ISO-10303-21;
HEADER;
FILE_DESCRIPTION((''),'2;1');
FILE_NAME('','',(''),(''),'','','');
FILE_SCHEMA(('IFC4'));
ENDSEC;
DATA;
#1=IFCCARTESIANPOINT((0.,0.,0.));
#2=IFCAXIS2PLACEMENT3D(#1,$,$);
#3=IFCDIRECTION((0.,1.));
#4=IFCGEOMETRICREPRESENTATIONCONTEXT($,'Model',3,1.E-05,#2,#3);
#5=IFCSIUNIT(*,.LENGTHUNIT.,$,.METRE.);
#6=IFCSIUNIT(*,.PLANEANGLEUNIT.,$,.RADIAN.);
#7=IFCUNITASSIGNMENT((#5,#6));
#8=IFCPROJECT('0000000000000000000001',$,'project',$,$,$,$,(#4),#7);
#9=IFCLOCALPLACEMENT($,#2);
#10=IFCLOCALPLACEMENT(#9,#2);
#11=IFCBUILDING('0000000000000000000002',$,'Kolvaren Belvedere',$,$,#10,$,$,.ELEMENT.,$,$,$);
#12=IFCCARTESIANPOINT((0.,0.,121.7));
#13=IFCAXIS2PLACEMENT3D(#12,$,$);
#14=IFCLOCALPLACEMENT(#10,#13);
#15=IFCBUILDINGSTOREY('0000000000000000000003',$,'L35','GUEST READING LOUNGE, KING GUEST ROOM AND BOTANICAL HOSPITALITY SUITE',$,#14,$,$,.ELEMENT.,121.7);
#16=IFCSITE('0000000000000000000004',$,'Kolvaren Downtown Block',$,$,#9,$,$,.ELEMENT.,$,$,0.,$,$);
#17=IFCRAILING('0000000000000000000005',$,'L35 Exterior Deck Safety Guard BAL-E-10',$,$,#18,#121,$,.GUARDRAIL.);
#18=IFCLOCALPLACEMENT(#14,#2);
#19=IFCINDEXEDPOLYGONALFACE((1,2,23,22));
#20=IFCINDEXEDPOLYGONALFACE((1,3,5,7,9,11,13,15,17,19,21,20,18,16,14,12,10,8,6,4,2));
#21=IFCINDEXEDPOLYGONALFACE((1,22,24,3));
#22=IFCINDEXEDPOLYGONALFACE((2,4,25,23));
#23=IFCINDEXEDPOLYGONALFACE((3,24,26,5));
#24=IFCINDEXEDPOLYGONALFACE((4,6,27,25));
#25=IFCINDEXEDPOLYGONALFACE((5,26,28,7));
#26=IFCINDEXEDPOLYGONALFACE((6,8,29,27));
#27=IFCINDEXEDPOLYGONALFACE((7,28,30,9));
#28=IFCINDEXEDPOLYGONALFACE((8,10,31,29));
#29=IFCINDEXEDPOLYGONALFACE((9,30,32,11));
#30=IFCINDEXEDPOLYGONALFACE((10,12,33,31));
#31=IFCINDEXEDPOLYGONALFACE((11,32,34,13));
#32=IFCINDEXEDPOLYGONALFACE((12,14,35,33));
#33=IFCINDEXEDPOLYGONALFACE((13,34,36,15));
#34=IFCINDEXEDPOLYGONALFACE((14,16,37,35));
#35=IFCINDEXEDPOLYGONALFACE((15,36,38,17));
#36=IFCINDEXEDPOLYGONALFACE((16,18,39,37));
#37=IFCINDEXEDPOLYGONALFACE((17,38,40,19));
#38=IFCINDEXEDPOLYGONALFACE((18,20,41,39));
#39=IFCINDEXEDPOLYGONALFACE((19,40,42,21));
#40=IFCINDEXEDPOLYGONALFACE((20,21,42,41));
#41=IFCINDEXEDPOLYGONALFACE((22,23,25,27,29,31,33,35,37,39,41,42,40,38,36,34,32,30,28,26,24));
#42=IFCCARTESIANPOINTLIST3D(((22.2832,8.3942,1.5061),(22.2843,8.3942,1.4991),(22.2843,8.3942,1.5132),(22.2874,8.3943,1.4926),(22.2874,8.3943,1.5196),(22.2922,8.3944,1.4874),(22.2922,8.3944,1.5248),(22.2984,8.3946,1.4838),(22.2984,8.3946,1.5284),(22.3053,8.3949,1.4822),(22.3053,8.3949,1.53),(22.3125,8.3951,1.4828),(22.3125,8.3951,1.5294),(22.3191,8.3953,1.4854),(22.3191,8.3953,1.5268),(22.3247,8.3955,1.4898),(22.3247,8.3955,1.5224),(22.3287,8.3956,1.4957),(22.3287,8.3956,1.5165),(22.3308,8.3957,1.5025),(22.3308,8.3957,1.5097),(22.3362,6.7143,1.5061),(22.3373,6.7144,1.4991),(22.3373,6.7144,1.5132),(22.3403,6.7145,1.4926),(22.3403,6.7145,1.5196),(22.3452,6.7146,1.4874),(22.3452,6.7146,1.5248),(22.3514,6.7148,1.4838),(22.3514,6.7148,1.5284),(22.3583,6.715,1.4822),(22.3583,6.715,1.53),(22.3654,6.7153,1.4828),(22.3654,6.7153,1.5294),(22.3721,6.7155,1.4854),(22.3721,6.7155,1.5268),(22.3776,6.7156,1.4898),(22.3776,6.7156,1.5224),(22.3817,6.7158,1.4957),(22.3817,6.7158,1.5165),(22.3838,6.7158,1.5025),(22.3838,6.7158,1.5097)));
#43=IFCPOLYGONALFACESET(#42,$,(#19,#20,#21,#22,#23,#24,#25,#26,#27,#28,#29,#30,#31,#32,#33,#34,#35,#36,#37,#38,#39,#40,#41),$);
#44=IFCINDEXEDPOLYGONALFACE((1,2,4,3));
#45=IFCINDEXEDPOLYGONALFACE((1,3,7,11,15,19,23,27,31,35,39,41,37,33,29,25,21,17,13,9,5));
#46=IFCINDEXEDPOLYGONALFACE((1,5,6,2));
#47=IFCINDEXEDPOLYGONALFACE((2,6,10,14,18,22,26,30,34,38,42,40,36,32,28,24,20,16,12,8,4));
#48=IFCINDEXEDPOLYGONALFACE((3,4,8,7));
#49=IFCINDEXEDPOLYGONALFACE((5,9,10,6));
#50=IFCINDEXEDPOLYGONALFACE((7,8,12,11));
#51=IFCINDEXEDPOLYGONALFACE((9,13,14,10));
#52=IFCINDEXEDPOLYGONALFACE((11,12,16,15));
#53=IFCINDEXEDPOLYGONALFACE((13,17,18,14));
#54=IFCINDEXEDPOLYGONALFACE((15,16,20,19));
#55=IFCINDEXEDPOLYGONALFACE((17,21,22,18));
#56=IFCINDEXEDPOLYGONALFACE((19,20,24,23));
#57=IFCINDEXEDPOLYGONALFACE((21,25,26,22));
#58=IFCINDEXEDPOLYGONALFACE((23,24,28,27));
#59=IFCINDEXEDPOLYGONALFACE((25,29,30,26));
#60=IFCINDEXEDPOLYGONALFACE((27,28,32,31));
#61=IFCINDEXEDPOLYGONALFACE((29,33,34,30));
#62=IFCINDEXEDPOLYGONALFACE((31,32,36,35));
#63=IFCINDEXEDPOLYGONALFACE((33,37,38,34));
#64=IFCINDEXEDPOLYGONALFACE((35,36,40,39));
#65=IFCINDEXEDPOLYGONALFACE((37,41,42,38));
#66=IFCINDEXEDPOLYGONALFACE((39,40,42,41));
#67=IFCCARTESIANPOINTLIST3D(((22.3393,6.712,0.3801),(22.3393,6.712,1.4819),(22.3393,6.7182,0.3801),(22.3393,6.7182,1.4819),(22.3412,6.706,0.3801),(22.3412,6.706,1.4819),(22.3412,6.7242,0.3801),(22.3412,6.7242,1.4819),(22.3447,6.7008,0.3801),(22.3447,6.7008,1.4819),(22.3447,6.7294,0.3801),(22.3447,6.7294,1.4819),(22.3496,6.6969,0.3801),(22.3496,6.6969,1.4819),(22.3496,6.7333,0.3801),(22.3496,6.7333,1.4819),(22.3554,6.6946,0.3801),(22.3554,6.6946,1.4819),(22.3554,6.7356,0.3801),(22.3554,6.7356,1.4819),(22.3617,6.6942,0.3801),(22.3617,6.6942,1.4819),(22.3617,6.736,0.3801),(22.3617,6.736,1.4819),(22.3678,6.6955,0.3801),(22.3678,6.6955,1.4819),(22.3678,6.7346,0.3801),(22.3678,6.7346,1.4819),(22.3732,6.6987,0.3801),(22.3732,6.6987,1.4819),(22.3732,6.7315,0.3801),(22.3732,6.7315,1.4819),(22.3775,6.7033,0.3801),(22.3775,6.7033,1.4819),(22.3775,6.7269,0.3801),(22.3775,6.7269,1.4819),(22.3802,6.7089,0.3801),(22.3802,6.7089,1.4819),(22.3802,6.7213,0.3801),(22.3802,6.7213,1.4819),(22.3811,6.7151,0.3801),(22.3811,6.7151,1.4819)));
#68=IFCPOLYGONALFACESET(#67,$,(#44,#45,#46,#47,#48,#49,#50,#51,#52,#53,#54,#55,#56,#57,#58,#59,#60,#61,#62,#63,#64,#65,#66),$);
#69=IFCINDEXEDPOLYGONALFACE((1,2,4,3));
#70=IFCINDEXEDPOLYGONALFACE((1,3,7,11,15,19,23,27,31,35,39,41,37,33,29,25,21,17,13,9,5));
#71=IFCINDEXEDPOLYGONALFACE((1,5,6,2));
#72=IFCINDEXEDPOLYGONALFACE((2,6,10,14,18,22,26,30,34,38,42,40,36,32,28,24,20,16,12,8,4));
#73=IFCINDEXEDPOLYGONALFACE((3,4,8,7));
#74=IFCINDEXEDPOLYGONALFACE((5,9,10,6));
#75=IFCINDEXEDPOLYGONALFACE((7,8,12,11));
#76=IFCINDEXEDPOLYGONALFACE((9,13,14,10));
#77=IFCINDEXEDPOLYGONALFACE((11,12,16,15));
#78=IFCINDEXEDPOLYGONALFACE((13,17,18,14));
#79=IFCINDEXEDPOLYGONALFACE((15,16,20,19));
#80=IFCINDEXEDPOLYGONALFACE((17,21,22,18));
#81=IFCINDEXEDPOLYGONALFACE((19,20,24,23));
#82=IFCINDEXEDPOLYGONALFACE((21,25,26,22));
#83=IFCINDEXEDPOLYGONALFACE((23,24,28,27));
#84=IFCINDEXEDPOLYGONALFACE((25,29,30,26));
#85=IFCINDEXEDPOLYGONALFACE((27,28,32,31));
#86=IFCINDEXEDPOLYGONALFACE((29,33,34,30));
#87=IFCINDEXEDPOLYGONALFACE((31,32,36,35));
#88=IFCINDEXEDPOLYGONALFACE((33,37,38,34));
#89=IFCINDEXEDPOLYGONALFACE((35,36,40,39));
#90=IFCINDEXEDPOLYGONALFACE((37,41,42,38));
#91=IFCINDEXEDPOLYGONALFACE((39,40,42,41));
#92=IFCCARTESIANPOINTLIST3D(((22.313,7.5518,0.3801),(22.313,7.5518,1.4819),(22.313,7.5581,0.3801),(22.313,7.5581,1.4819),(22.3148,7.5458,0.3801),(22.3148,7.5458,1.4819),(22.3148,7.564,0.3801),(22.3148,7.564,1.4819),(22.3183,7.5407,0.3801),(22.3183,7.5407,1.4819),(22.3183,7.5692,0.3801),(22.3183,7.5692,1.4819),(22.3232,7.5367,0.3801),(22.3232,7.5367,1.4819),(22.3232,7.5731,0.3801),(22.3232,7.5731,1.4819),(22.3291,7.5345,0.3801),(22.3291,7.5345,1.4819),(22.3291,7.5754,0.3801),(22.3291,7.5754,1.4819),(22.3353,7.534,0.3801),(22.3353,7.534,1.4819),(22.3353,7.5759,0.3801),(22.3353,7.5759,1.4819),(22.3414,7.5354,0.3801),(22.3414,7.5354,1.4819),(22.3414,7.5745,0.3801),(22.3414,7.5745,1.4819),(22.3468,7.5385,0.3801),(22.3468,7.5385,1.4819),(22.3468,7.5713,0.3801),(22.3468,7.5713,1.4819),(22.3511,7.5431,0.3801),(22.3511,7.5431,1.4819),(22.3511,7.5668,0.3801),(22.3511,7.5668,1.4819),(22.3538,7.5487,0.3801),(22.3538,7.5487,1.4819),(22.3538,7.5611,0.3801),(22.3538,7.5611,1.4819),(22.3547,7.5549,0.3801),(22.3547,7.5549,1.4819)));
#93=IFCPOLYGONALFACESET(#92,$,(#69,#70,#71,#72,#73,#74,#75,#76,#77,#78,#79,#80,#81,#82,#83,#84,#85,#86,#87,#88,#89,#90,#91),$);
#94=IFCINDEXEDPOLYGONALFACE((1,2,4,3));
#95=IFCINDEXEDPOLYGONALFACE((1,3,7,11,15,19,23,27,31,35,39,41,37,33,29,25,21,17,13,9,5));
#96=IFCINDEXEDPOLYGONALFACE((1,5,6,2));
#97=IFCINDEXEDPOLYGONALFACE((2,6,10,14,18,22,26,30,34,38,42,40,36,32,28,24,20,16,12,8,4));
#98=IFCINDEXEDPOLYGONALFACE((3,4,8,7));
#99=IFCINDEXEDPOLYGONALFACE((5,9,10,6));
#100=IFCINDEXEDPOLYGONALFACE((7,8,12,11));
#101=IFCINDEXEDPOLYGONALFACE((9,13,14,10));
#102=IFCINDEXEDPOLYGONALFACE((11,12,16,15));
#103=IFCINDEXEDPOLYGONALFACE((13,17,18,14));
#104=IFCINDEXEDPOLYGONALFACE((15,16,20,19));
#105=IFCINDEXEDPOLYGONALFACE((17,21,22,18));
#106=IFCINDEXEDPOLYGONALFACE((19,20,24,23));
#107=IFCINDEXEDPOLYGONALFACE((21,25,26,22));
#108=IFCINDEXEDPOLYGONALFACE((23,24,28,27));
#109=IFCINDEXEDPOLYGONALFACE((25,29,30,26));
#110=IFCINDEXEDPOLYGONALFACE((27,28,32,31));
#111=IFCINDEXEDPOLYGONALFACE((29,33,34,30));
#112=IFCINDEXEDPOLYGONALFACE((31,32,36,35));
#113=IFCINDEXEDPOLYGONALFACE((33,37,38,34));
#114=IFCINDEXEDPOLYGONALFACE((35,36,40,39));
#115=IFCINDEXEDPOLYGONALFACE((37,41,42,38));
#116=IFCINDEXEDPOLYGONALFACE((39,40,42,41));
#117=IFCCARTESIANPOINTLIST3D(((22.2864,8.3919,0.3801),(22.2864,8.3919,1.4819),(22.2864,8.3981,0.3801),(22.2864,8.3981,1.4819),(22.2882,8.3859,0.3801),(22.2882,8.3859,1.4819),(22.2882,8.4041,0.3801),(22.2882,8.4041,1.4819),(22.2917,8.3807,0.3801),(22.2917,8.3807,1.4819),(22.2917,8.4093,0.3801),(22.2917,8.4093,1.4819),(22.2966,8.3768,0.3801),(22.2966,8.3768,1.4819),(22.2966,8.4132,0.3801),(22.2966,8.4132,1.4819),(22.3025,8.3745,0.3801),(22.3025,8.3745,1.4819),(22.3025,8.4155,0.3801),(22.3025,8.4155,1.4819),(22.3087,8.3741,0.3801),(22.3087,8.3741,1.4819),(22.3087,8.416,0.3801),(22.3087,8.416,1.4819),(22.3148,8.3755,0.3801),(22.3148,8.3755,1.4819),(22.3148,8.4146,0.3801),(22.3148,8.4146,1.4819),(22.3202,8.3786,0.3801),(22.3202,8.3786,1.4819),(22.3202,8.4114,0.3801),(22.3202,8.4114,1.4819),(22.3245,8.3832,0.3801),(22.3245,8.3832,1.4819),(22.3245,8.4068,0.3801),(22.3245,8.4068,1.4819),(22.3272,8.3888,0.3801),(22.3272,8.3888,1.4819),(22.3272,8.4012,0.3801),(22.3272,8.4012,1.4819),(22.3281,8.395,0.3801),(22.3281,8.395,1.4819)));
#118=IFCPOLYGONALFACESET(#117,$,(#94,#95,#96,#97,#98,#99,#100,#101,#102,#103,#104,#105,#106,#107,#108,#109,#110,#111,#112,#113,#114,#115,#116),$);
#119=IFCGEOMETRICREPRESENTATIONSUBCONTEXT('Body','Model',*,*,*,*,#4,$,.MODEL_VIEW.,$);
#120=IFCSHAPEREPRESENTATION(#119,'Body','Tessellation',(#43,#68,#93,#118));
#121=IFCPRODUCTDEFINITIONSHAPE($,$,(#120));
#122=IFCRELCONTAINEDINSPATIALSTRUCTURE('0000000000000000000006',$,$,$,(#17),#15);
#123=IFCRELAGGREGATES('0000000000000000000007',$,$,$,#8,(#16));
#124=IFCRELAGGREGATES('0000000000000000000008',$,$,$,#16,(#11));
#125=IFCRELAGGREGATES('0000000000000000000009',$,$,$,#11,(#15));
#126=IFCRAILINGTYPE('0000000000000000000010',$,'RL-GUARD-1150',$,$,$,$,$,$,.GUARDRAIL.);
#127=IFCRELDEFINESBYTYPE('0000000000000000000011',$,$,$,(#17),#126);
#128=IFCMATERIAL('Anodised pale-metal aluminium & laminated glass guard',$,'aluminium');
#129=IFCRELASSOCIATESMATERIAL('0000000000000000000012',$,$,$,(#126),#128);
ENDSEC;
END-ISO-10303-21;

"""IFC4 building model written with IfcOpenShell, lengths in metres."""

from ifc_helpers import new_model, si_unit, direction, frame, origin, origin_2d, place, context, subcontext, project, spatial, circle, extrude, material, type_object, element, save


model = new_model("IFC4")

# Units and contexts
model_context = context("Model", 3, precision=1e-05, world=origin(), true_north=direction((0.0, 1.0)))
body_context = subcontext(model_context, "Body", "Model", "MODEL_VIEW")
ifc_project = project(units=[si_unit("LENGTHUNIT", "METRE"), si_unit("PLANEANGLEUNIT", "RADIAN")], contexts=[model_context])

# Site, building, storey
site_placement = place(None, origin())
site = spatial("IfcSite", under=ifc_project, at=site_placement, Name="Kolvaren Downtown Block", CompositionType="ELEMENT", RefElevation=0.0)
building_placement = place(site_placement, origin())
building = spatial("IfcBuilding", under=site, at=building_placement, Name="Kolvaren Belvedere", CompositionType="ELEMENT")
storey_placement = place(building_placement, frame((0.0, 0.0, 121.7)))
storey = spatial("IfcBuildingStorey", under=building, at=storey_placement, Name="L35", Description="GUEST READING LOUNGE, KING GUEST ROOM AND BOTANICAL HOSPITALITY SUITE", CompositionType="ELEMENT", Elevation=121.7)

# Railing
ifc_material_1 = material(Name="Anodised pale-metal aluminium & laminated glass guard", Category="aluminium")
railing_type = type_object("IfcRailingType", Name="RL-GUARD-1150", PredefinedType="GUARDRAIL", material=ifc_material_1)
railing_1_placement = place(storey_placement, frame((22.3601, 6.7151, 0.3801)))
element("IfcRailing", 1, at=railing_1_placement, inside=storey, type_object=railing_type, Name="L35 Exterior Deck Safety Guard BAL-E-10", PredefinedType="GUARDRAIL", context=body_context, shape_type="SweptSolid", body=[
    extrude(circle(Radius=0.0239, at=origin_2d()), frame((0.0, 0.0, 1.126), z_axis=(-0.03152, 0.999503, 0.0), x_axis=(-0.999503, -0.03152, 0.0)), (0.0, 0.0, 1.0), 1.6807),
    extrude(circle(Radius=0.021, at=origin_2d()), origin(), (0.0, 0.0, 1.0), 1.1018),
    extrude(circle(Radius=0.021, at=origin_2d()), frame((-0.0264, 0.8398, 0.0)), (0.0, 0.0, 1.0), 1.1018),
    extrude(circle(Radius=0.021, at=origin_2d()), frame((-0.053, 1.6799, 0.0)), (0.0, 0.0, 1.0), 1.1018),
])

save(model, "model.ifc")
